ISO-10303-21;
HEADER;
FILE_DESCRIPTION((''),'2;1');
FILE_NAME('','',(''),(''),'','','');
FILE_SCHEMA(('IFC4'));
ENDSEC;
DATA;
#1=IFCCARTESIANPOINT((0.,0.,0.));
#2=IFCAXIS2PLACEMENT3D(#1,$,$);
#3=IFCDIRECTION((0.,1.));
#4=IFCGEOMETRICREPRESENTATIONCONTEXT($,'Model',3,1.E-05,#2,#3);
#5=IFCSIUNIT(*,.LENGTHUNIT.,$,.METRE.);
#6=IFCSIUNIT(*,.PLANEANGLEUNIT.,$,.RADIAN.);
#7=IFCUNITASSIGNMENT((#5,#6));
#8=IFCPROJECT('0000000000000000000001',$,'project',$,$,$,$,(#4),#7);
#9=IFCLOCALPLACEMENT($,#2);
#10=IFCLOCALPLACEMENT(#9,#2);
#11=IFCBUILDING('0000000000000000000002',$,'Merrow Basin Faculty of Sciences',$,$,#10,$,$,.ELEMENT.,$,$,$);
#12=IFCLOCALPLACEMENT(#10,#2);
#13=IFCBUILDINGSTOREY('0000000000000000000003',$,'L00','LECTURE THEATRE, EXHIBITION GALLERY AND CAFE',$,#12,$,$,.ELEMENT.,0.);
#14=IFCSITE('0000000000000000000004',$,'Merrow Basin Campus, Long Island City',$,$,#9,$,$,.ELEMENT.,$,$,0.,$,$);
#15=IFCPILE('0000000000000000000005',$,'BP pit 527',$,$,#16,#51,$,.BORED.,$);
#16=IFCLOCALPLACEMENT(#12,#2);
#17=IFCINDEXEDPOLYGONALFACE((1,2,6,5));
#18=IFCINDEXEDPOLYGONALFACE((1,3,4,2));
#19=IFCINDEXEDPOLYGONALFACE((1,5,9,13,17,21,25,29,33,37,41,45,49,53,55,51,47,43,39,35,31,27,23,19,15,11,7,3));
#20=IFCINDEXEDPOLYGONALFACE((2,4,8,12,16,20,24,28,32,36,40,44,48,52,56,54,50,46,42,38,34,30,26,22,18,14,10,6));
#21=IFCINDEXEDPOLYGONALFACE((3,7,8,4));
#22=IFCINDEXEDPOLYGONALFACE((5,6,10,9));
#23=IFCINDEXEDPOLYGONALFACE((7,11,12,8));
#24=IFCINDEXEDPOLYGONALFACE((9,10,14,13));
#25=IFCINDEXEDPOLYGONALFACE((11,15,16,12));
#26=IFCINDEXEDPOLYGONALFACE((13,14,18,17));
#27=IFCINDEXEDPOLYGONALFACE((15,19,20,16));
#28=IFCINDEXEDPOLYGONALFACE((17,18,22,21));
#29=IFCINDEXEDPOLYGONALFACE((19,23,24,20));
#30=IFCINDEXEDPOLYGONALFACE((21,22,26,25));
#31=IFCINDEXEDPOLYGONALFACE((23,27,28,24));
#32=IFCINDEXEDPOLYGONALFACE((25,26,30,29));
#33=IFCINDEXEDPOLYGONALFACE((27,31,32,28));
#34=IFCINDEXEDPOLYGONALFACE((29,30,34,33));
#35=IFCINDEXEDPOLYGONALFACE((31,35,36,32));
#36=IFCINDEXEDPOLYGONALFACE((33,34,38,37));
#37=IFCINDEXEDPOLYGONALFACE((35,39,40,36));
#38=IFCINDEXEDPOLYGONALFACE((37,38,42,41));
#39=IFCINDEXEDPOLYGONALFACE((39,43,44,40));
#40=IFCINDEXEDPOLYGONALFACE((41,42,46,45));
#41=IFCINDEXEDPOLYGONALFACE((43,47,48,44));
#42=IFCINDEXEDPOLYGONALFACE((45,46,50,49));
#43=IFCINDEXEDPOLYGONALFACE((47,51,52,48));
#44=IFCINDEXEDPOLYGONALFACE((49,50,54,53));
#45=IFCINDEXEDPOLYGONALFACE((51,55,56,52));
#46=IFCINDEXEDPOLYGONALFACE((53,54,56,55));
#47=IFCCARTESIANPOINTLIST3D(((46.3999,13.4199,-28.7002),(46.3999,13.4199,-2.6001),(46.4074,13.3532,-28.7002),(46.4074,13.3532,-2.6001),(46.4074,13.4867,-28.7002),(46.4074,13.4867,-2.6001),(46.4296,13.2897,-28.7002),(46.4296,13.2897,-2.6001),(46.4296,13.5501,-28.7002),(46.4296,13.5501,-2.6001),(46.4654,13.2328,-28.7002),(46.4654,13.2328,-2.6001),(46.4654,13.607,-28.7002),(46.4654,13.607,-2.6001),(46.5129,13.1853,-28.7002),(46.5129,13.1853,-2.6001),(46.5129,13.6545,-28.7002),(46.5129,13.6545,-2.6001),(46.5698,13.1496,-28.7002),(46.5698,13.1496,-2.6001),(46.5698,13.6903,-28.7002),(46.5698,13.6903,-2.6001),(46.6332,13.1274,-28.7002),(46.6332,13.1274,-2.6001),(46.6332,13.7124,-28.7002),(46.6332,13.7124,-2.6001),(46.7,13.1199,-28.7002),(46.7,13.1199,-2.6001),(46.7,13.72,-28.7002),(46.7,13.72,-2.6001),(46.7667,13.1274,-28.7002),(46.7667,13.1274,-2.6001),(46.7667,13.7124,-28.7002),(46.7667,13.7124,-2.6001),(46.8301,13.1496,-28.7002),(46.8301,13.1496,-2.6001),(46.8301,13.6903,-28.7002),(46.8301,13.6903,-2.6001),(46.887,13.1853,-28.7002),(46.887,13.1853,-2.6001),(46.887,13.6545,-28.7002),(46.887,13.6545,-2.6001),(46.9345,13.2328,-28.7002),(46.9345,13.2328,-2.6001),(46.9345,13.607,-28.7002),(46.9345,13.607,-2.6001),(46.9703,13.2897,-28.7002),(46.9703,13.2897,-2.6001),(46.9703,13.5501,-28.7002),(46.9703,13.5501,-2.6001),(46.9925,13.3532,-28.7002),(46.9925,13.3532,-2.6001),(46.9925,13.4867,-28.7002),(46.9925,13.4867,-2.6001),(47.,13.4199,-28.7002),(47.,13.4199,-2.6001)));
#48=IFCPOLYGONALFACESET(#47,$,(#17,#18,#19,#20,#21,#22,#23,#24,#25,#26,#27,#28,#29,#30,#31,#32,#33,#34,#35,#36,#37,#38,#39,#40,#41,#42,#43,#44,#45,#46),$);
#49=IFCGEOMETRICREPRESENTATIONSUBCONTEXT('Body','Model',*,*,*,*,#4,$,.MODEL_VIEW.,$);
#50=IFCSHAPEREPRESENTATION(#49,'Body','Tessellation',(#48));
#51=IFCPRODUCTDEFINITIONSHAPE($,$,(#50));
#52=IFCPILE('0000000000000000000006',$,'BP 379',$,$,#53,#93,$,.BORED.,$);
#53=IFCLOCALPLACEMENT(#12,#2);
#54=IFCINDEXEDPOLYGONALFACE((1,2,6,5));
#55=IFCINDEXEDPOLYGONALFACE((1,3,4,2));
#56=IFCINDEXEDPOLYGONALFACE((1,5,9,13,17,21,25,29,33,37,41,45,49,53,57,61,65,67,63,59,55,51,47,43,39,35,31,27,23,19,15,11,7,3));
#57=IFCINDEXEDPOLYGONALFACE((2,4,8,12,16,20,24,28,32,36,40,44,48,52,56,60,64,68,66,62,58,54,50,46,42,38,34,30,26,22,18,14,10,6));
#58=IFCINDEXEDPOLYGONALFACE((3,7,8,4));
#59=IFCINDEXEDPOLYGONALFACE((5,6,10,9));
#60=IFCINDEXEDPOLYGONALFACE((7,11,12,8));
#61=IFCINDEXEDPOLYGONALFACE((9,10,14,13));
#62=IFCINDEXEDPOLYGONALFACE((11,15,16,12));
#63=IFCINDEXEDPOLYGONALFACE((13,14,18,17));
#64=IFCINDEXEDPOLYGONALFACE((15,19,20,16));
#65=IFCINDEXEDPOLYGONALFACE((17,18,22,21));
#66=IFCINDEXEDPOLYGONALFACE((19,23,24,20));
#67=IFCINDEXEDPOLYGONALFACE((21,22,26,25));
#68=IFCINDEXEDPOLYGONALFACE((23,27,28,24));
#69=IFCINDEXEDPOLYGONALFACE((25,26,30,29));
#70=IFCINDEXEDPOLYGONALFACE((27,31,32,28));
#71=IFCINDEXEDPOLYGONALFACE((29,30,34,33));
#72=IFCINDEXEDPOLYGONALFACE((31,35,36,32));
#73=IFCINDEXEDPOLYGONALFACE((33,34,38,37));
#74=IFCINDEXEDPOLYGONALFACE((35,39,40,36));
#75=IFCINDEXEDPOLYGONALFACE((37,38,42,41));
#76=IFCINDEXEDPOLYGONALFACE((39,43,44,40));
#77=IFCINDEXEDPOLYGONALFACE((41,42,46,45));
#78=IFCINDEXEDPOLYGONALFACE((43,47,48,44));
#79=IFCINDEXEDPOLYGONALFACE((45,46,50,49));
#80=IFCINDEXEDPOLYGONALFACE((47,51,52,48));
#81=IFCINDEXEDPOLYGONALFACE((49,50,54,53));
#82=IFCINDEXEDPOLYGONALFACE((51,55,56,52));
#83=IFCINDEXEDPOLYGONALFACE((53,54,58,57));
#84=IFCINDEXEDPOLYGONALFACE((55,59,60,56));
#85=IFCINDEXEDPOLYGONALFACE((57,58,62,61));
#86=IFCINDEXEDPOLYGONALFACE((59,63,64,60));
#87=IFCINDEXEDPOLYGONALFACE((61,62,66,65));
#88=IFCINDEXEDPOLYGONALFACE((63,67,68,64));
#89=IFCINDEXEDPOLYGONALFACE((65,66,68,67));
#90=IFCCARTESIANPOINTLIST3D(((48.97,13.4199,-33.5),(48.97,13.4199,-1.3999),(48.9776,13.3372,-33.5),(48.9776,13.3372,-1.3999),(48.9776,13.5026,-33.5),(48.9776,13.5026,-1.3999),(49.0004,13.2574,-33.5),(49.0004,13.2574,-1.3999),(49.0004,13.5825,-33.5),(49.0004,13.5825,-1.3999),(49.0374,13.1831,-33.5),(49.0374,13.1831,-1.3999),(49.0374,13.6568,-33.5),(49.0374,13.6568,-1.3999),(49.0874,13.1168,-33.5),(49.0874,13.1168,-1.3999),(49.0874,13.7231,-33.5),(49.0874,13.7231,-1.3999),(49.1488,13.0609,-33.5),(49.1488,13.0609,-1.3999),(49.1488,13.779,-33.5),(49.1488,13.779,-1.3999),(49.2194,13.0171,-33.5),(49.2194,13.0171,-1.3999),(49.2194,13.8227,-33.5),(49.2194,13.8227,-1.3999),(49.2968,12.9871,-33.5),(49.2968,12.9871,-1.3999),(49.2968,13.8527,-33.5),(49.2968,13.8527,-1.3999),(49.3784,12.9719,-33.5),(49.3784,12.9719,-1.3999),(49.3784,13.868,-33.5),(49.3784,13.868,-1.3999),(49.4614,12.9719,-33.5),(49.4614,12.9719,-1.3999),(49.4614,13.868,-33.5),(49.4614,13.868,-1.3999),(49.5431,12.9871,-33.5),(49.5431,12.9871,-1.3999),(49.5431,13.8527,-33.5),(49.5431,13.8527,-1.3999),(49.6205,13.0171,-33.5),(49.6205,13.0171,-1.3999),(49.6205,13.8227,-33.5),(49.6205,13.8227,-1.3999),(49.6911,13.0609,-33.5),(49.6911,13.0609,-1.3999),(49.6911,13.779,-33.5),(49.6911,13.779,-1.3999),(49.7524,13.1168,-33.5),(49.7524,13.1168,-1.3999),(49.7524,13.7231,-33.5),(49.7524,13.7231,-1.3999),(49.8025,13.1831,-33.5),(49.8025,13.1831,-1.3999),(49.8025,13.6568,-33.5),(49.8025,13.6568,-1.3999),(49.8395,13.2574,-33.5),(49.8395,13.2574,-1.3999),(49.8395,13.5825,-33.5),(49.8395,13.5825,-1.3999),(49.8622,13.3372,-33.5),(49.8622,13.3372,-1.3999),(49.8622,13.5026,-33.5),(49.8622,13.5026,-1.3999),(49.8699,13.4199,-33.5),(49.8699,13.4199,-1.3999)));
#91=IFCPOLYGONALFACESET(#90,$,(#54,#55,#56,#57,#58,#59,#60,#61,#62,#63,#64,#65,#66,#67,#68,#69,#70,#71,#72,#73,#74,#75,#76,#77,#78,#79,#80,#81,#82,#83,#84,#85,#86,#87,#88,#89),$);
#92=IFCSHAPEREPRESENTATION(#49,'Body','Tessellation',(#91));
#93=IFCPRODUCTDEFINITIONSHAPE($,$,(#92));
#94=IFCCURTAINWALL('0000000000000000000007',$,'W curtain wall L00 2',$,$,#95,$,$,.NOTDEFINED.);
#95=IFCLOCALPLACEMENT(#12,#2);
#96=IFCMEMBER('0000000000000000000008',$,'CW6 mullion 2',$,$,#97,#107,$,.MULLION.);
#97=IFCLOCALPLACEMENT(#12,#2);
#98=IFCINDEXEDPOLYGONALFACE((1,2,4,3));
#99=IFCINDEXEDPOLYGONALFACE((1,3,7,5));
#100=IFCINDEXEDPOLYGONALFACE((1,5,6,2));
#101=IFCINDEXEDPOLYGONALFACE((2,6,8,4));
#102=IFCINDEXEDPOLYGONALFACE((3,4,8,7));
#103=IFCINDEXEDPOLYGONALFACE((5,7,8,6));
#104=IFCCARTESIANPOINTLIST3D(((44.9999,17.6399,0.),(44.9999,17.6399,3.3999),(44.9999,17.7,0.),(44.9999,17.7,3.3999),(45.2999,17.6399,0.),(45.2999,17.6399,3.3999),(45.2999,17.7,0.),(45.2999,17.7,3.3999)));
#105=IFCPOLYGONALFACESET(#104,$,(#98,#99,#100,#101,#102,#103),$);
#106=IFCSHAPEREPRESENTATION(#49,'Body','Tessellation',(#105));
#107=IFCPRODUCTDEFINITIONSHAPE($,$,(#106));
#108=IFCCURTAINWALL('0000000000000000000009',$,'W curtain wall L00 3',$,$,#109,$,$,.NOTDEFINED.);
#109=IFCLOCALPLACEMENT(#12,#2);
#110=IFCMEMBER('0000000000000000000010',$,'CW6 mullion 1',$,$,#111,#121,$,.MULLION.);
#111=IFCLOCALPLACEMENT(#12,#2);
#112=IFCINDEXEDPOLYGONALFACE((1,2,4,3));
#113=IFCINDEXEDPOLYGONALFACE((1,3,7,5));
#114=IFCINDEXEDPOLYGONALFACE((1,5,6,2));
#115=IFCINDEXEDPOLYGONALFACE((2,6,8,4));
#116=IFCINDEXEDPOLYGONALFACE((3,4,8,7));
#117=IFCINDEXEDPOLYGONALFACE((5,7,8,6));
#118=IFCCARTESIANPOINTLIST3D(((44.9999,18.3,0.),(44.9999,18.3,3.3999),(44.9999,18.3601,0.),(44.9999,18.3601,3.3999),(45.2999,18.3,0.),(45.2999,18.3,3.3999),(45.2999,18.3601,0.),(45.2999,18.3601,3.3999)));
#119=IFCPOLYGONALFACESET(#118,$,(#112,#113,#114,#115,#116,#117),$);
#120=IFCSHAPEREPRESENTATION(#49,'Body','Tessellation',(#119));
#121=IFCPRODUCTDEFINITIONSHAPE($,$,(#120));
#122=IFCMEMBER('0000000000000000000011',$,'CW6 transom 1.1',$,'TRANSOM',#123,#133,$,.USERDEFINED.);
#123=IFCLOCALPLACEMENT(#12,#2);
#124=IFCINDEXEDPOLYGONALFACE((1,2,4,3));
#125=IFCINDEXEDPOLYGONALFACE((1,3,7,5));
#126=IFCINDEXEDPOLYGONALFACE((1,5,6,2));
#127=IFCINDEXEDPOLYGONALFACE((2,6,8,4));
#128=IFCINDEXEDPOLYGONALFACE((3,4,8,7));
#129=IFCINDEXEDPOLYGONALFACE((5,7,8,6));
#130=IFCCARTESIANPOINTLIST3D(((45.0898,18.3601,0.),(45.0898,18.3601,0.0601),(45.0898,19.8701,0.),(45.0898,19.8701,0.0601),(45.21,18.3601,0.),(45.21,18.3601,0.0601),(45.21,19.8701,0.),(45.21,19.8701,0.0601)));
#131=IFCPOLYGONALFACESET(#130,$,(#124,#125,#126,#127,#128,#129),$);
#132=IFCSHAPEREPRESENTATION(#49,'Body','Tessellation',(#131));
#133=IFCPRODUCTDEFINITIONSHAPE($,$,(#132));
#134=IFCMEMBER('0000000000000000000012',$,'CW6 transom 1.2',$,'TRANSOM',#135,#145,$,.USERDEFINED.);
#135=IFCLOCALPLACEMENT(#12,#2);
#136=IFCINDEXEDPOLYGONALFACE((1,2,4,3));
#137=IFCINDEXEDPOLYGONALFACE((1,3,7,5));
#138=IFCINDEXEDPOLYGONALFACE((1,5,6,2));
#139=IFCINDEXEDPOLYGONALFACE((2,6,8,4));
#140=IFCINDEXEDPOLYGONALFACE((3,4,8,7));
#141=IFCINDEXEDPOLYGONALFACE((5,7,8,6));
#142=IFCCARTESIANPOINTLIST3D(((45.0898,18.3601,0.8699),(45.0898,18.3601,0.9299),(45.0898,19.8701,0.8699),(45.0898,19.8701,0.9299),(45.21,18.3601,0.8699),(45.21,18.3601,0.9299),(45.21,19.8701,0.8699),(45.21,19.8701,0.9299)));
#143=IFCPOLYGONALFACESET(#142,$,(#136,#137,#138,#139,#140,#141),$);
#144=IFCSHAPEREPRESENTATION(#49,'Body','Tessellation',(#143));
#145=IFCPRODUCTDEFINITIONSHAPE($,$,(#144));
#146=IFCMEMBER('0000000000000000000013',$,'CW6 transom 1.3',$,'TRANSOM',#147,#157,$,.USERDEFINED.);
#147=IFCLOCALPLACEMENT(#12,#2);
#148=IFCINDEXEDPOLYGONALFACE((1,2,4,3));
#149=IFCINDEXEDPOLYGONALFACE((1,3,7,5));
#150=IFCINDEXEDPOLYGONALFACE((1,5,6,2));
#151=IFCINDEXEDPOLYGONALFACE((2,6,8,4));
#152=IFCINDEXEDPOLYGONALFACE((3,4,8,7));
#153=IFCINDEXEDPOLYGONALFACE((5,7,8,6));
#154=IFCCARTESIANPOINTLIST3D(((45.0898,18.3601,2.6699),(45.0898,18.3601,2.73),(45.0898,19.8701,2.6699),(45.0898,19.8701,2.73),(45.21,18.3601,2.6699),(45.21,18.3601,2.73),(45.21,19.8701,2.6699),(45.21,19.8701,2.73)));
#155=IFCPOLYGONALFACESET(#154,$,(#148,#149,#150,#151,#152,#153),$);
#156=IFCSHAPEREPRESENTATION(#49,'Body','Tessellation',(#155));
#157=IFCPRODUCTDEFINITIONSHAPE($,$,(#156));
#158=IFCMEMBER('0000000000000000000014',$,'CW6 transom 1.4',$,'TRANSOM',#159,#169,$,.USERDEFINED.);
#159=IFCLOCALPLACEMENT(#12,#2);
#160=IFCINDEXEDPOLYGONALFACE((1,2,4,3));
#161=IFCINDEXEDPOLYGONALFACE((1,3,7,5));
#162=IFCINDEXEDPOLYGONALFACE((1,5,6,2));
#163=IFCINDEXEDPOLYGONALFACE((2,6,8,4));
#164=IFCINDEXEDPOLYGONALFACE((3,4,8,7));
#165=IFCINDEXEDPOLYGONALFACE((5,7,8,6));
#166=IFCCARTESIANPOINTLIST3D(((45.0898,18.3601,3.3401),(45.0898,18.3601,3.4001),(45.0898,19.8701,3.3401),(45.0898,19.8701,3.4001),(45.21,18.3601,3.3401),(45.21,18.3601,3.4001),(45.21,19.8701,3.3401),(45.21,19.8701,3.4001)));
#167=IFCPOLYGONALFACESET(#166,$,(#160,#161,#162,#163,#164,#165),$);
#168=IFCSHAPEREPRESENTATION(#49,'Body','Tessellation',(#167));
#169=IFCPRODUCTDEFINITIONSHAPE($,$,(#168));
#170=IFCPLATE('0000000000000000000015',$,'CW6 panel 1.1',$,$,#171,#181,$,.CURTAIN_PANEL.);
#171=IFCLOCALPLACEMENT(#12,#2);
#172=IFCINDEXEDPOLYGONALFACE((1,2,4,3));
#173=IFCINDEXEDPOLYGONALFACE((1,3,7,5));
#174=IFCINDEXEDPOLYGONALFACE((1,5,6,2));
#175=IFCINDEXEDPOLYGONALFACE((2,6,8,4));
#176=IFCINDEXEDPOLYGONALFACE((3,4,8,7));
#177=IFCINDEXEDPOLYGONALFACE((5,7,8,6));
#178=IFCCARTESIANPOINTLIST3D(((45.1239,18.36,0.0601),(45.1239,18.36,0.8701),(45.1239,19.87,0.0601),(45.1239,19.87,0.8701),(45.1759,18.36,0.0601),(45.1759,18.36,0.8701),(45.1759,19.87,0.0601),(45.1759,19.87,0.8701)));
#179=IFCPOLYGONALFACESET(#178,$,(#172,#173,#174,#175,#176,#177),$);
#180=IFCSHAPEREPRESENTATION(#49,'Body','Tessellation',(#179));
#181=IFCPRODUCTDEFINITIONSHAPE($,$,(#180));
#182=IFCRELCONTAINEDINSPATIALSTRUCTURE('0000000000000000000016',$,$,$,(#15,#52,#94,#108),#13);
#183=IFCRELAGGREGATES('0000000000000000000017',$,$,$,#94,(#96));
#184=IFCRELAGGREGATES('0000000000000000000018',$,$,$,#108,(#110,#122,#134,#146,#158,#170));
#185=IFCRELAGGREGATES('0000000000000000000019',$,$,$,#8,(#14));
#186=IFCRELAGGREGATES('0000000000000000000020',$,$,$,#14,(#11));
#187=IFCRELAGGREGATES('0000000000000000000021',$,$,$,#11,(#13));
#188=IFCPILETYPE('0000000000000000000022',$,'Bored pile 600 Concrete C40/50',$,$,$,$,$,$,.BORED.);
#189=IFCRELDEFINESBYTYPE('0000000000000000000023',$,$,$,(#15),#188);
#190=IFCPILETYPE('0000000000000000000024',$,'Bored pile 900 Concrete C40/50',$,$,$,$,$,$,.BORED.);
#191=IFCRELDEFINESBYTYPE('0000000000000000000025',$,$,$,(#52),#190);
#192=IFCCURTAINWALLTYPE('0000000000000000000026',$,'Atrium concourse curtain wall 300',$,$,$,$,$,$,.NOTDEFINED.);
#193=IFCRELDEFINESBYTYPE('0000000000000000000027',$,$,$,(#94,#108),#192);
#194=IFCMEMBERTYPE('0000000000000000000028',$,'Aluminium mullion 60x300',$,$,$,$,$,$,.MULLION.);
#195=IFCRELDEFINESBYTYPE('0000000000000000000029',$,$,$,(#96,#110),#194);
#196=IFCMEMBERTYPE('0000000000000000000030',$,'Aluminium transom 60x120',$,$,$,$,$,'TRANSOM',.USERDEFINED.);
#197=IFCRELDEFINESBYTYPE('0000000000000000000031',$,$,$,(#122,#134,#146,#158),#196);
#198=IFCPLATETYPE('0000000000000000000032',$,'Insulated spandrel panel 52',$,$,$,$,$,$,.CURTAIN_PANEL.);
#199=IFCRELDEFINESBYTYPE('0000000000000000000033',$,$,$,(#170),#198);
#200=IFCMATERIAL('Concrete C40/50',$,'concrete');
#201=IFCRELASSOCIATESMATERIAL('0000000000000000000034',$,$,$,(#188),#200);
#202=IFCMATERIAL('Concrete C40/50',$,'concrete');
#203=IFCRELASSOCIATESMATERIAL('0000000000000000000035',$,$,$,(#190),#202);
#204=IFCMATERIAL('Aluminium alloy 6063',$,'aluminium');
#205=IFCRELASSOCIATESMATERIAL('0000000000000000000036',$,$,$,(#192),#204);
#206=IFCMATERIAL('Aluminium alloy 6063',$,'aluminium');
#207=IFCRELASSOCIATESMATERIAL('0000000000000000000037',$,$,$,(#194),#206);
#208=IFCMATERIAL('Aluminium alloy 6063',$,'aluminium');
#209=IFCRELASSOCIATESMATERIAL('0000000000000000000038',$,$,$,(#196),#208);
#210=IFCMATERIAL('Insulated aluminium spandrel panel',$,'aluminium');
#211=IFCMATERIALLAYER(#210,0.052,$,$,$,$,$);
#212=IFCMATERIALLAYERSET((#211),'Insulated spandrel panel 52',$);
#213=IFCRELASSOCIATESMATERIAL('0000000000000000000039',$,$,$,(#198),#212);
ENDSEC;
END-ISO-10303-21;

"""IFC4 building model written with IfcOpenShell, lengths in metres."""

from ifc_helpers import new_model, si_unit, direction, frame, origin, origin_2d, place, context, subcontext, project, spatial, rectangle, circle, extrude, material, layer, layer_set, material_profile, profile_set, type_object, element, aggregate, save


model = new_model("IFC4")

# Units and contexts
model_context = context("Model", 3, precision=1e-05, world=origin(), true_north=direction((0.0, 1.0)))
body_context = subcontext(model_context, "Body", "Model", "MODEL_VIEW")
ifc_project = project(units=[si_unit("LENGTHUNIT", "METRE"), si_unit("PLANEANGLEUNIT", "RADIAN")], contexts=[model_context])

# Site, building, storey
site_placement = place(None, origin())
site = spatial("IfcSite", under=ifc_project, at=site_placement, Name="Merrow Basin Campus, Long Island City", CompositionType="ELEMENT", RefElevation=0.0)
building_placement = place(site_placement, origin())
building = spatial("IfcBuilding", under=site, at=building_placement, Name="Merrow Basin Faculty of Sciences", CompositionType="ELEMENT")
storey_placement = place(building_placement, origin())
storey = spatial("IfcBuildingStorey", under=building, at=storey_placement, Name="L00", Description="LECTURE THEATRE, EXHIBITION GALLERY AND CAFE", CompositionType="ELEMENT", Elevation=0.0)

# Piles
ifc_material_1 = material(Name="Concrete C40/50", Category="concrete")
ifc_material_profile_1 = material_profile(ifc_material_1, circle(Radius=0.3, at=origin_2d()))
ifc_profile_set_1 = profile_set([ifc_material_profile_1], Name="Concrete C40/50")
pile_type_1 = type_object("IfcPileType", Name="Bored pile 600 Concrete C40/50", PredefinedType="BORED", material=ifc_profile_set_1)
pile_1_placement = place(storey_placement, frame((46.7, 13.4199, -2.6001), z_axis=(0.0, 0.0, -1.0), x_axis=(1.0, 0.0, 0.0)))
element("IfcPile", 1, at=pile_1_placement, inside=storey, type_object=pile_type_1, Name="BP pit 527", PredefinedType="BORED", context=body_context, shape_type="SweptSolid", body=[
    extrude(circle(Radius=0.3, at=origin_2d()), origin(), (0.0, 0.0, 1.0), 26.1001),
])
ifc_material_2 = material(Name="Concrete C40/50", Category="concrete")
ifc_material_profile_2 = material_profile(ifc_material_2, circle(Radius=0.45, at=origin_2d()))
ifc_profile_set_2 = profile_set([ifc_material_profile_2], Name="Concrete C40/50")
pile_type_2 = type_object("IfcPileType", Name="Bored pile 900 Concrete C40/50", PredefinedType="BORED", material=ifc_profile_set_2)
pile_2_placement = place(storey_placement, frame((49.4199, 13.4199, -1.3999), z_axis=(0.0, 0.0, -1.0), x_axis=(1.0, 0.0, 0.0)))
element("IfcPile", 2, at=pile_2_placement, inside=storey, type_object=pile_type_2, Name="BP 379", PredefinedType="BORED", context=body_context, shape_type="SweptSolid", body=[
    extrude(circle(Radius=0.45, at=origin_2d()), origin(), (0.0, 0.0, 1.0), 32.1001),
])

# Curtain wall, member
ifc_material_3 = material(Name="Aluminium alloy 6063", Category="aluminium")
curtain_wall_type = type_object("IfcCurtainWallType", Name="Atrium concourse curtain wall 300", PredefinedType="NOTDEFINED", material=ifc_material_3)
curtain_wall_1_placement = place(storey_placement, origin())
curtain_wall_1 = element("IfcCurtainWall", 3, at=curtain_wall_1_placement, inside=storey, type_object=curtain_wall_type, Name="W curtain wall L00 2", PredefinedType="NOTDEFINED")
ifc_material_4 = material(Name="Aluminium alloy 6063", Category="aluminium")
ifc_material_profile_3 = material_profile(ifc_material_4, rectangle(XDim=0.3, YDim=0.0601, at=origin_2d()))
ifc_profile_set_3 = profile_set([ifc_material_profile_3], Name="Aluminium alloy 6063")
member_type_1 = type_object("IfcMemberType", Name="Aluminium mullion 60x300", PredefinedType="MULLION", material=ifc_profile_set_3)
member_1_placement = place(storey_placement, frame((45.1499, 17.6699, 0.0), z_axis=(0.0, 0.0, 1.0), x_axis=(-1.0, 0.0, 0.0)))
member_1 = element("IfcMember", 4, at=member_1_placement, type_object=member_type_1, Name="CW6 mullion 2", PredefinedType="MULLION", context=body_context, shape_type="SweptSolid", body=[
    extrude(rectangle(XDim=0.3, YDim=0.0601, at=origin_2d()), origin(), (0.0, 0.0, 1.0), 3.3999),
])

# Curtain wall, members, plate
curtain_wall_2_placement = place(storey_placement, origin())
curtain_wall_2 = element("IfcCurtainWall", 5, at=curtain_wall_2_placement, inside=storey, type_object=curtain_wall_type, Name="W curtain wall L00 3", PredefinedType="NOTDEFINED")
member_2_placement = place(storey_placement, frame((45.1499, 18.3301, 0.0), z_axis=(0.0, 0.0, 1.0), x_axis=(-1.0, 0.0, 0.0)))
member_2 = element("IfcMember", 6, at=member_2_placement, type_object=member_type_1, Name="CW6 mullion 1", PredefinedType="MULLION", context=body_context, shape_type="SweptSolid", body=[
    extrude(rectangle(XDim=0.3, YDim=0.0601, at=origin_2d()), origin(), (0.0, 0.0, 1.0), 3.3999),
])
ifc_material_5 = material(Name="Aluminium alloy 6063", Category="aluminium")
ifc_material_profile_4 = material_profile(ifc_material_5, rectangle(XDim=0.1201, YDim=0.0601, at=origin_2d()))
ifc_profile_set_4 = profile_set([ifc_material_profile_4], Name="Aluminium alloy 6063")
member_type_2 = type_object("IfcMemberType", Name="Aluminium transom 60x120", ElementType="TRANSOM", PredefinedType="USERDEFINED", material=ifc_profile_set_4)
member_3_placement = place(storey_placement, frame((45.1499, 18.3601, 0.03), z_axis=(0.0, 1.0, 0.0), x_axis=(-1.0, 0.0, 0.0)))
member_3 = element("IfcMember", 7, at=member_3_placement, type_object=member_type_2, Name="CW6 transom 1.1", ObjectType="TRANSOM", PredefinedType="USERDEFINED", context=body_context, shape_type="SweptSolid", body=[
    extrude(rectangle(XDim=0.1201, YDim=0.0601, at=origin_2d()), origin(), (0.0, 0.0, 1.0), 1.51),
])
member_4_placement = place(storey_placement, frame((45.1499, 18.3601, 0.8999), z_axis=(0.0, 1.0, 0.0), x_axis=(-1.0, 0.0, 0.0)))
member_4 = element("IfcMember", 8, at=member_4_placement, type_object=member_type_2, Name="CW6 transom 1.2", ObjectType="TRANSOM", PredefinedType="USERDEFINED", context=body_context, shape_type="SweptSolid", body=[
    extrude(rectangle(XDim=0.1201, YDim=0.0601, at=origin_2d()), origin(), (0.0, 0.0, 1.0), 1.51),
])
member_5_placement = place(storey_placement, frame((45.1499, 18.3601, 2.7), z_axis=(0.0, 1.0, 0.0), x_axis=(-1.0, 0.0, 0.0)))
member_5 = element("IfcMember", 9, at=member_5_placement, type_object=member_type_2, Name="CW6 transom 1.3", ObjectType="TRANSOM", PredefinedType="USERDEFINED", context=body_context, shape_type="SweptSolid", body=[
    extrude(rectangle(XDim=0.1201, YDim=0.0601, at=origin_2d()), origin(), (0.0, 0.0, 1.0), 1.51),
])
member_6_placement = place(storey_placement, frame((45.1499, 18.3601, 3.3701), z_axis=(0.0, 1.0, 0.0), x_axis=(-1.0, 0.0, 0.0)))
member_6 = element("IfcMember", 10, at=member_6_placement, type_object=member_type_2, Name="CW6 transom 1.4", ObjectType="TRANSOM", PredefinedType="USERDEFINED", context=body_context, shape_type="SweptSolid", body=[
    extrude(rectangle(XDim=0.1201, YDim=0.0601, at=origin_2d()), origin(), (0.0, 0.0, 1.0), 1.51),
])
ifc_material_6 = material(Name="Insulated aluminium spandrel panel", Category="aluminium")
ifc_layer_1 = layer(ifc_material_6, 0.052)
ifc_layer_set_1 = layer_set([ifc_layer_1], Name="Insulated spandrel panel 52")
plate_type_1 = type_object("IfcPlateType", Name="Insulated spandrel panel 52", PredefinedType="CURTAIN_PANEL", material=ifc_layer_set_1)
plate_1_placement = place(storey_placement, frame((45.1499, 19.115, 0.0601), z_axis=(0.0, 0.0, 1.0), x_axis=(0.0, 1.0, 0.0)))
plate_1 = element("IfcPlate", 11, at=plate_1_placement, type_object=plate_type_1, Name="CW6 panel 1.1", PredefinedType="CURTAIN_PANEL", context=body_context, shape_type="SweptSolid", body=[
    extrude(rectangle(XDim=1.51, YDim=0.052, at=origin_2d()), origin(), (0.0, 0.0, 1.0), 0.8101),
])

aggregate(curtain_wall_1, [member_1])
aggregate(curtain_wall_2, [member_2, member_3, member_4, member_5, member_6, plate_1])

save(model, "model.ifc")
